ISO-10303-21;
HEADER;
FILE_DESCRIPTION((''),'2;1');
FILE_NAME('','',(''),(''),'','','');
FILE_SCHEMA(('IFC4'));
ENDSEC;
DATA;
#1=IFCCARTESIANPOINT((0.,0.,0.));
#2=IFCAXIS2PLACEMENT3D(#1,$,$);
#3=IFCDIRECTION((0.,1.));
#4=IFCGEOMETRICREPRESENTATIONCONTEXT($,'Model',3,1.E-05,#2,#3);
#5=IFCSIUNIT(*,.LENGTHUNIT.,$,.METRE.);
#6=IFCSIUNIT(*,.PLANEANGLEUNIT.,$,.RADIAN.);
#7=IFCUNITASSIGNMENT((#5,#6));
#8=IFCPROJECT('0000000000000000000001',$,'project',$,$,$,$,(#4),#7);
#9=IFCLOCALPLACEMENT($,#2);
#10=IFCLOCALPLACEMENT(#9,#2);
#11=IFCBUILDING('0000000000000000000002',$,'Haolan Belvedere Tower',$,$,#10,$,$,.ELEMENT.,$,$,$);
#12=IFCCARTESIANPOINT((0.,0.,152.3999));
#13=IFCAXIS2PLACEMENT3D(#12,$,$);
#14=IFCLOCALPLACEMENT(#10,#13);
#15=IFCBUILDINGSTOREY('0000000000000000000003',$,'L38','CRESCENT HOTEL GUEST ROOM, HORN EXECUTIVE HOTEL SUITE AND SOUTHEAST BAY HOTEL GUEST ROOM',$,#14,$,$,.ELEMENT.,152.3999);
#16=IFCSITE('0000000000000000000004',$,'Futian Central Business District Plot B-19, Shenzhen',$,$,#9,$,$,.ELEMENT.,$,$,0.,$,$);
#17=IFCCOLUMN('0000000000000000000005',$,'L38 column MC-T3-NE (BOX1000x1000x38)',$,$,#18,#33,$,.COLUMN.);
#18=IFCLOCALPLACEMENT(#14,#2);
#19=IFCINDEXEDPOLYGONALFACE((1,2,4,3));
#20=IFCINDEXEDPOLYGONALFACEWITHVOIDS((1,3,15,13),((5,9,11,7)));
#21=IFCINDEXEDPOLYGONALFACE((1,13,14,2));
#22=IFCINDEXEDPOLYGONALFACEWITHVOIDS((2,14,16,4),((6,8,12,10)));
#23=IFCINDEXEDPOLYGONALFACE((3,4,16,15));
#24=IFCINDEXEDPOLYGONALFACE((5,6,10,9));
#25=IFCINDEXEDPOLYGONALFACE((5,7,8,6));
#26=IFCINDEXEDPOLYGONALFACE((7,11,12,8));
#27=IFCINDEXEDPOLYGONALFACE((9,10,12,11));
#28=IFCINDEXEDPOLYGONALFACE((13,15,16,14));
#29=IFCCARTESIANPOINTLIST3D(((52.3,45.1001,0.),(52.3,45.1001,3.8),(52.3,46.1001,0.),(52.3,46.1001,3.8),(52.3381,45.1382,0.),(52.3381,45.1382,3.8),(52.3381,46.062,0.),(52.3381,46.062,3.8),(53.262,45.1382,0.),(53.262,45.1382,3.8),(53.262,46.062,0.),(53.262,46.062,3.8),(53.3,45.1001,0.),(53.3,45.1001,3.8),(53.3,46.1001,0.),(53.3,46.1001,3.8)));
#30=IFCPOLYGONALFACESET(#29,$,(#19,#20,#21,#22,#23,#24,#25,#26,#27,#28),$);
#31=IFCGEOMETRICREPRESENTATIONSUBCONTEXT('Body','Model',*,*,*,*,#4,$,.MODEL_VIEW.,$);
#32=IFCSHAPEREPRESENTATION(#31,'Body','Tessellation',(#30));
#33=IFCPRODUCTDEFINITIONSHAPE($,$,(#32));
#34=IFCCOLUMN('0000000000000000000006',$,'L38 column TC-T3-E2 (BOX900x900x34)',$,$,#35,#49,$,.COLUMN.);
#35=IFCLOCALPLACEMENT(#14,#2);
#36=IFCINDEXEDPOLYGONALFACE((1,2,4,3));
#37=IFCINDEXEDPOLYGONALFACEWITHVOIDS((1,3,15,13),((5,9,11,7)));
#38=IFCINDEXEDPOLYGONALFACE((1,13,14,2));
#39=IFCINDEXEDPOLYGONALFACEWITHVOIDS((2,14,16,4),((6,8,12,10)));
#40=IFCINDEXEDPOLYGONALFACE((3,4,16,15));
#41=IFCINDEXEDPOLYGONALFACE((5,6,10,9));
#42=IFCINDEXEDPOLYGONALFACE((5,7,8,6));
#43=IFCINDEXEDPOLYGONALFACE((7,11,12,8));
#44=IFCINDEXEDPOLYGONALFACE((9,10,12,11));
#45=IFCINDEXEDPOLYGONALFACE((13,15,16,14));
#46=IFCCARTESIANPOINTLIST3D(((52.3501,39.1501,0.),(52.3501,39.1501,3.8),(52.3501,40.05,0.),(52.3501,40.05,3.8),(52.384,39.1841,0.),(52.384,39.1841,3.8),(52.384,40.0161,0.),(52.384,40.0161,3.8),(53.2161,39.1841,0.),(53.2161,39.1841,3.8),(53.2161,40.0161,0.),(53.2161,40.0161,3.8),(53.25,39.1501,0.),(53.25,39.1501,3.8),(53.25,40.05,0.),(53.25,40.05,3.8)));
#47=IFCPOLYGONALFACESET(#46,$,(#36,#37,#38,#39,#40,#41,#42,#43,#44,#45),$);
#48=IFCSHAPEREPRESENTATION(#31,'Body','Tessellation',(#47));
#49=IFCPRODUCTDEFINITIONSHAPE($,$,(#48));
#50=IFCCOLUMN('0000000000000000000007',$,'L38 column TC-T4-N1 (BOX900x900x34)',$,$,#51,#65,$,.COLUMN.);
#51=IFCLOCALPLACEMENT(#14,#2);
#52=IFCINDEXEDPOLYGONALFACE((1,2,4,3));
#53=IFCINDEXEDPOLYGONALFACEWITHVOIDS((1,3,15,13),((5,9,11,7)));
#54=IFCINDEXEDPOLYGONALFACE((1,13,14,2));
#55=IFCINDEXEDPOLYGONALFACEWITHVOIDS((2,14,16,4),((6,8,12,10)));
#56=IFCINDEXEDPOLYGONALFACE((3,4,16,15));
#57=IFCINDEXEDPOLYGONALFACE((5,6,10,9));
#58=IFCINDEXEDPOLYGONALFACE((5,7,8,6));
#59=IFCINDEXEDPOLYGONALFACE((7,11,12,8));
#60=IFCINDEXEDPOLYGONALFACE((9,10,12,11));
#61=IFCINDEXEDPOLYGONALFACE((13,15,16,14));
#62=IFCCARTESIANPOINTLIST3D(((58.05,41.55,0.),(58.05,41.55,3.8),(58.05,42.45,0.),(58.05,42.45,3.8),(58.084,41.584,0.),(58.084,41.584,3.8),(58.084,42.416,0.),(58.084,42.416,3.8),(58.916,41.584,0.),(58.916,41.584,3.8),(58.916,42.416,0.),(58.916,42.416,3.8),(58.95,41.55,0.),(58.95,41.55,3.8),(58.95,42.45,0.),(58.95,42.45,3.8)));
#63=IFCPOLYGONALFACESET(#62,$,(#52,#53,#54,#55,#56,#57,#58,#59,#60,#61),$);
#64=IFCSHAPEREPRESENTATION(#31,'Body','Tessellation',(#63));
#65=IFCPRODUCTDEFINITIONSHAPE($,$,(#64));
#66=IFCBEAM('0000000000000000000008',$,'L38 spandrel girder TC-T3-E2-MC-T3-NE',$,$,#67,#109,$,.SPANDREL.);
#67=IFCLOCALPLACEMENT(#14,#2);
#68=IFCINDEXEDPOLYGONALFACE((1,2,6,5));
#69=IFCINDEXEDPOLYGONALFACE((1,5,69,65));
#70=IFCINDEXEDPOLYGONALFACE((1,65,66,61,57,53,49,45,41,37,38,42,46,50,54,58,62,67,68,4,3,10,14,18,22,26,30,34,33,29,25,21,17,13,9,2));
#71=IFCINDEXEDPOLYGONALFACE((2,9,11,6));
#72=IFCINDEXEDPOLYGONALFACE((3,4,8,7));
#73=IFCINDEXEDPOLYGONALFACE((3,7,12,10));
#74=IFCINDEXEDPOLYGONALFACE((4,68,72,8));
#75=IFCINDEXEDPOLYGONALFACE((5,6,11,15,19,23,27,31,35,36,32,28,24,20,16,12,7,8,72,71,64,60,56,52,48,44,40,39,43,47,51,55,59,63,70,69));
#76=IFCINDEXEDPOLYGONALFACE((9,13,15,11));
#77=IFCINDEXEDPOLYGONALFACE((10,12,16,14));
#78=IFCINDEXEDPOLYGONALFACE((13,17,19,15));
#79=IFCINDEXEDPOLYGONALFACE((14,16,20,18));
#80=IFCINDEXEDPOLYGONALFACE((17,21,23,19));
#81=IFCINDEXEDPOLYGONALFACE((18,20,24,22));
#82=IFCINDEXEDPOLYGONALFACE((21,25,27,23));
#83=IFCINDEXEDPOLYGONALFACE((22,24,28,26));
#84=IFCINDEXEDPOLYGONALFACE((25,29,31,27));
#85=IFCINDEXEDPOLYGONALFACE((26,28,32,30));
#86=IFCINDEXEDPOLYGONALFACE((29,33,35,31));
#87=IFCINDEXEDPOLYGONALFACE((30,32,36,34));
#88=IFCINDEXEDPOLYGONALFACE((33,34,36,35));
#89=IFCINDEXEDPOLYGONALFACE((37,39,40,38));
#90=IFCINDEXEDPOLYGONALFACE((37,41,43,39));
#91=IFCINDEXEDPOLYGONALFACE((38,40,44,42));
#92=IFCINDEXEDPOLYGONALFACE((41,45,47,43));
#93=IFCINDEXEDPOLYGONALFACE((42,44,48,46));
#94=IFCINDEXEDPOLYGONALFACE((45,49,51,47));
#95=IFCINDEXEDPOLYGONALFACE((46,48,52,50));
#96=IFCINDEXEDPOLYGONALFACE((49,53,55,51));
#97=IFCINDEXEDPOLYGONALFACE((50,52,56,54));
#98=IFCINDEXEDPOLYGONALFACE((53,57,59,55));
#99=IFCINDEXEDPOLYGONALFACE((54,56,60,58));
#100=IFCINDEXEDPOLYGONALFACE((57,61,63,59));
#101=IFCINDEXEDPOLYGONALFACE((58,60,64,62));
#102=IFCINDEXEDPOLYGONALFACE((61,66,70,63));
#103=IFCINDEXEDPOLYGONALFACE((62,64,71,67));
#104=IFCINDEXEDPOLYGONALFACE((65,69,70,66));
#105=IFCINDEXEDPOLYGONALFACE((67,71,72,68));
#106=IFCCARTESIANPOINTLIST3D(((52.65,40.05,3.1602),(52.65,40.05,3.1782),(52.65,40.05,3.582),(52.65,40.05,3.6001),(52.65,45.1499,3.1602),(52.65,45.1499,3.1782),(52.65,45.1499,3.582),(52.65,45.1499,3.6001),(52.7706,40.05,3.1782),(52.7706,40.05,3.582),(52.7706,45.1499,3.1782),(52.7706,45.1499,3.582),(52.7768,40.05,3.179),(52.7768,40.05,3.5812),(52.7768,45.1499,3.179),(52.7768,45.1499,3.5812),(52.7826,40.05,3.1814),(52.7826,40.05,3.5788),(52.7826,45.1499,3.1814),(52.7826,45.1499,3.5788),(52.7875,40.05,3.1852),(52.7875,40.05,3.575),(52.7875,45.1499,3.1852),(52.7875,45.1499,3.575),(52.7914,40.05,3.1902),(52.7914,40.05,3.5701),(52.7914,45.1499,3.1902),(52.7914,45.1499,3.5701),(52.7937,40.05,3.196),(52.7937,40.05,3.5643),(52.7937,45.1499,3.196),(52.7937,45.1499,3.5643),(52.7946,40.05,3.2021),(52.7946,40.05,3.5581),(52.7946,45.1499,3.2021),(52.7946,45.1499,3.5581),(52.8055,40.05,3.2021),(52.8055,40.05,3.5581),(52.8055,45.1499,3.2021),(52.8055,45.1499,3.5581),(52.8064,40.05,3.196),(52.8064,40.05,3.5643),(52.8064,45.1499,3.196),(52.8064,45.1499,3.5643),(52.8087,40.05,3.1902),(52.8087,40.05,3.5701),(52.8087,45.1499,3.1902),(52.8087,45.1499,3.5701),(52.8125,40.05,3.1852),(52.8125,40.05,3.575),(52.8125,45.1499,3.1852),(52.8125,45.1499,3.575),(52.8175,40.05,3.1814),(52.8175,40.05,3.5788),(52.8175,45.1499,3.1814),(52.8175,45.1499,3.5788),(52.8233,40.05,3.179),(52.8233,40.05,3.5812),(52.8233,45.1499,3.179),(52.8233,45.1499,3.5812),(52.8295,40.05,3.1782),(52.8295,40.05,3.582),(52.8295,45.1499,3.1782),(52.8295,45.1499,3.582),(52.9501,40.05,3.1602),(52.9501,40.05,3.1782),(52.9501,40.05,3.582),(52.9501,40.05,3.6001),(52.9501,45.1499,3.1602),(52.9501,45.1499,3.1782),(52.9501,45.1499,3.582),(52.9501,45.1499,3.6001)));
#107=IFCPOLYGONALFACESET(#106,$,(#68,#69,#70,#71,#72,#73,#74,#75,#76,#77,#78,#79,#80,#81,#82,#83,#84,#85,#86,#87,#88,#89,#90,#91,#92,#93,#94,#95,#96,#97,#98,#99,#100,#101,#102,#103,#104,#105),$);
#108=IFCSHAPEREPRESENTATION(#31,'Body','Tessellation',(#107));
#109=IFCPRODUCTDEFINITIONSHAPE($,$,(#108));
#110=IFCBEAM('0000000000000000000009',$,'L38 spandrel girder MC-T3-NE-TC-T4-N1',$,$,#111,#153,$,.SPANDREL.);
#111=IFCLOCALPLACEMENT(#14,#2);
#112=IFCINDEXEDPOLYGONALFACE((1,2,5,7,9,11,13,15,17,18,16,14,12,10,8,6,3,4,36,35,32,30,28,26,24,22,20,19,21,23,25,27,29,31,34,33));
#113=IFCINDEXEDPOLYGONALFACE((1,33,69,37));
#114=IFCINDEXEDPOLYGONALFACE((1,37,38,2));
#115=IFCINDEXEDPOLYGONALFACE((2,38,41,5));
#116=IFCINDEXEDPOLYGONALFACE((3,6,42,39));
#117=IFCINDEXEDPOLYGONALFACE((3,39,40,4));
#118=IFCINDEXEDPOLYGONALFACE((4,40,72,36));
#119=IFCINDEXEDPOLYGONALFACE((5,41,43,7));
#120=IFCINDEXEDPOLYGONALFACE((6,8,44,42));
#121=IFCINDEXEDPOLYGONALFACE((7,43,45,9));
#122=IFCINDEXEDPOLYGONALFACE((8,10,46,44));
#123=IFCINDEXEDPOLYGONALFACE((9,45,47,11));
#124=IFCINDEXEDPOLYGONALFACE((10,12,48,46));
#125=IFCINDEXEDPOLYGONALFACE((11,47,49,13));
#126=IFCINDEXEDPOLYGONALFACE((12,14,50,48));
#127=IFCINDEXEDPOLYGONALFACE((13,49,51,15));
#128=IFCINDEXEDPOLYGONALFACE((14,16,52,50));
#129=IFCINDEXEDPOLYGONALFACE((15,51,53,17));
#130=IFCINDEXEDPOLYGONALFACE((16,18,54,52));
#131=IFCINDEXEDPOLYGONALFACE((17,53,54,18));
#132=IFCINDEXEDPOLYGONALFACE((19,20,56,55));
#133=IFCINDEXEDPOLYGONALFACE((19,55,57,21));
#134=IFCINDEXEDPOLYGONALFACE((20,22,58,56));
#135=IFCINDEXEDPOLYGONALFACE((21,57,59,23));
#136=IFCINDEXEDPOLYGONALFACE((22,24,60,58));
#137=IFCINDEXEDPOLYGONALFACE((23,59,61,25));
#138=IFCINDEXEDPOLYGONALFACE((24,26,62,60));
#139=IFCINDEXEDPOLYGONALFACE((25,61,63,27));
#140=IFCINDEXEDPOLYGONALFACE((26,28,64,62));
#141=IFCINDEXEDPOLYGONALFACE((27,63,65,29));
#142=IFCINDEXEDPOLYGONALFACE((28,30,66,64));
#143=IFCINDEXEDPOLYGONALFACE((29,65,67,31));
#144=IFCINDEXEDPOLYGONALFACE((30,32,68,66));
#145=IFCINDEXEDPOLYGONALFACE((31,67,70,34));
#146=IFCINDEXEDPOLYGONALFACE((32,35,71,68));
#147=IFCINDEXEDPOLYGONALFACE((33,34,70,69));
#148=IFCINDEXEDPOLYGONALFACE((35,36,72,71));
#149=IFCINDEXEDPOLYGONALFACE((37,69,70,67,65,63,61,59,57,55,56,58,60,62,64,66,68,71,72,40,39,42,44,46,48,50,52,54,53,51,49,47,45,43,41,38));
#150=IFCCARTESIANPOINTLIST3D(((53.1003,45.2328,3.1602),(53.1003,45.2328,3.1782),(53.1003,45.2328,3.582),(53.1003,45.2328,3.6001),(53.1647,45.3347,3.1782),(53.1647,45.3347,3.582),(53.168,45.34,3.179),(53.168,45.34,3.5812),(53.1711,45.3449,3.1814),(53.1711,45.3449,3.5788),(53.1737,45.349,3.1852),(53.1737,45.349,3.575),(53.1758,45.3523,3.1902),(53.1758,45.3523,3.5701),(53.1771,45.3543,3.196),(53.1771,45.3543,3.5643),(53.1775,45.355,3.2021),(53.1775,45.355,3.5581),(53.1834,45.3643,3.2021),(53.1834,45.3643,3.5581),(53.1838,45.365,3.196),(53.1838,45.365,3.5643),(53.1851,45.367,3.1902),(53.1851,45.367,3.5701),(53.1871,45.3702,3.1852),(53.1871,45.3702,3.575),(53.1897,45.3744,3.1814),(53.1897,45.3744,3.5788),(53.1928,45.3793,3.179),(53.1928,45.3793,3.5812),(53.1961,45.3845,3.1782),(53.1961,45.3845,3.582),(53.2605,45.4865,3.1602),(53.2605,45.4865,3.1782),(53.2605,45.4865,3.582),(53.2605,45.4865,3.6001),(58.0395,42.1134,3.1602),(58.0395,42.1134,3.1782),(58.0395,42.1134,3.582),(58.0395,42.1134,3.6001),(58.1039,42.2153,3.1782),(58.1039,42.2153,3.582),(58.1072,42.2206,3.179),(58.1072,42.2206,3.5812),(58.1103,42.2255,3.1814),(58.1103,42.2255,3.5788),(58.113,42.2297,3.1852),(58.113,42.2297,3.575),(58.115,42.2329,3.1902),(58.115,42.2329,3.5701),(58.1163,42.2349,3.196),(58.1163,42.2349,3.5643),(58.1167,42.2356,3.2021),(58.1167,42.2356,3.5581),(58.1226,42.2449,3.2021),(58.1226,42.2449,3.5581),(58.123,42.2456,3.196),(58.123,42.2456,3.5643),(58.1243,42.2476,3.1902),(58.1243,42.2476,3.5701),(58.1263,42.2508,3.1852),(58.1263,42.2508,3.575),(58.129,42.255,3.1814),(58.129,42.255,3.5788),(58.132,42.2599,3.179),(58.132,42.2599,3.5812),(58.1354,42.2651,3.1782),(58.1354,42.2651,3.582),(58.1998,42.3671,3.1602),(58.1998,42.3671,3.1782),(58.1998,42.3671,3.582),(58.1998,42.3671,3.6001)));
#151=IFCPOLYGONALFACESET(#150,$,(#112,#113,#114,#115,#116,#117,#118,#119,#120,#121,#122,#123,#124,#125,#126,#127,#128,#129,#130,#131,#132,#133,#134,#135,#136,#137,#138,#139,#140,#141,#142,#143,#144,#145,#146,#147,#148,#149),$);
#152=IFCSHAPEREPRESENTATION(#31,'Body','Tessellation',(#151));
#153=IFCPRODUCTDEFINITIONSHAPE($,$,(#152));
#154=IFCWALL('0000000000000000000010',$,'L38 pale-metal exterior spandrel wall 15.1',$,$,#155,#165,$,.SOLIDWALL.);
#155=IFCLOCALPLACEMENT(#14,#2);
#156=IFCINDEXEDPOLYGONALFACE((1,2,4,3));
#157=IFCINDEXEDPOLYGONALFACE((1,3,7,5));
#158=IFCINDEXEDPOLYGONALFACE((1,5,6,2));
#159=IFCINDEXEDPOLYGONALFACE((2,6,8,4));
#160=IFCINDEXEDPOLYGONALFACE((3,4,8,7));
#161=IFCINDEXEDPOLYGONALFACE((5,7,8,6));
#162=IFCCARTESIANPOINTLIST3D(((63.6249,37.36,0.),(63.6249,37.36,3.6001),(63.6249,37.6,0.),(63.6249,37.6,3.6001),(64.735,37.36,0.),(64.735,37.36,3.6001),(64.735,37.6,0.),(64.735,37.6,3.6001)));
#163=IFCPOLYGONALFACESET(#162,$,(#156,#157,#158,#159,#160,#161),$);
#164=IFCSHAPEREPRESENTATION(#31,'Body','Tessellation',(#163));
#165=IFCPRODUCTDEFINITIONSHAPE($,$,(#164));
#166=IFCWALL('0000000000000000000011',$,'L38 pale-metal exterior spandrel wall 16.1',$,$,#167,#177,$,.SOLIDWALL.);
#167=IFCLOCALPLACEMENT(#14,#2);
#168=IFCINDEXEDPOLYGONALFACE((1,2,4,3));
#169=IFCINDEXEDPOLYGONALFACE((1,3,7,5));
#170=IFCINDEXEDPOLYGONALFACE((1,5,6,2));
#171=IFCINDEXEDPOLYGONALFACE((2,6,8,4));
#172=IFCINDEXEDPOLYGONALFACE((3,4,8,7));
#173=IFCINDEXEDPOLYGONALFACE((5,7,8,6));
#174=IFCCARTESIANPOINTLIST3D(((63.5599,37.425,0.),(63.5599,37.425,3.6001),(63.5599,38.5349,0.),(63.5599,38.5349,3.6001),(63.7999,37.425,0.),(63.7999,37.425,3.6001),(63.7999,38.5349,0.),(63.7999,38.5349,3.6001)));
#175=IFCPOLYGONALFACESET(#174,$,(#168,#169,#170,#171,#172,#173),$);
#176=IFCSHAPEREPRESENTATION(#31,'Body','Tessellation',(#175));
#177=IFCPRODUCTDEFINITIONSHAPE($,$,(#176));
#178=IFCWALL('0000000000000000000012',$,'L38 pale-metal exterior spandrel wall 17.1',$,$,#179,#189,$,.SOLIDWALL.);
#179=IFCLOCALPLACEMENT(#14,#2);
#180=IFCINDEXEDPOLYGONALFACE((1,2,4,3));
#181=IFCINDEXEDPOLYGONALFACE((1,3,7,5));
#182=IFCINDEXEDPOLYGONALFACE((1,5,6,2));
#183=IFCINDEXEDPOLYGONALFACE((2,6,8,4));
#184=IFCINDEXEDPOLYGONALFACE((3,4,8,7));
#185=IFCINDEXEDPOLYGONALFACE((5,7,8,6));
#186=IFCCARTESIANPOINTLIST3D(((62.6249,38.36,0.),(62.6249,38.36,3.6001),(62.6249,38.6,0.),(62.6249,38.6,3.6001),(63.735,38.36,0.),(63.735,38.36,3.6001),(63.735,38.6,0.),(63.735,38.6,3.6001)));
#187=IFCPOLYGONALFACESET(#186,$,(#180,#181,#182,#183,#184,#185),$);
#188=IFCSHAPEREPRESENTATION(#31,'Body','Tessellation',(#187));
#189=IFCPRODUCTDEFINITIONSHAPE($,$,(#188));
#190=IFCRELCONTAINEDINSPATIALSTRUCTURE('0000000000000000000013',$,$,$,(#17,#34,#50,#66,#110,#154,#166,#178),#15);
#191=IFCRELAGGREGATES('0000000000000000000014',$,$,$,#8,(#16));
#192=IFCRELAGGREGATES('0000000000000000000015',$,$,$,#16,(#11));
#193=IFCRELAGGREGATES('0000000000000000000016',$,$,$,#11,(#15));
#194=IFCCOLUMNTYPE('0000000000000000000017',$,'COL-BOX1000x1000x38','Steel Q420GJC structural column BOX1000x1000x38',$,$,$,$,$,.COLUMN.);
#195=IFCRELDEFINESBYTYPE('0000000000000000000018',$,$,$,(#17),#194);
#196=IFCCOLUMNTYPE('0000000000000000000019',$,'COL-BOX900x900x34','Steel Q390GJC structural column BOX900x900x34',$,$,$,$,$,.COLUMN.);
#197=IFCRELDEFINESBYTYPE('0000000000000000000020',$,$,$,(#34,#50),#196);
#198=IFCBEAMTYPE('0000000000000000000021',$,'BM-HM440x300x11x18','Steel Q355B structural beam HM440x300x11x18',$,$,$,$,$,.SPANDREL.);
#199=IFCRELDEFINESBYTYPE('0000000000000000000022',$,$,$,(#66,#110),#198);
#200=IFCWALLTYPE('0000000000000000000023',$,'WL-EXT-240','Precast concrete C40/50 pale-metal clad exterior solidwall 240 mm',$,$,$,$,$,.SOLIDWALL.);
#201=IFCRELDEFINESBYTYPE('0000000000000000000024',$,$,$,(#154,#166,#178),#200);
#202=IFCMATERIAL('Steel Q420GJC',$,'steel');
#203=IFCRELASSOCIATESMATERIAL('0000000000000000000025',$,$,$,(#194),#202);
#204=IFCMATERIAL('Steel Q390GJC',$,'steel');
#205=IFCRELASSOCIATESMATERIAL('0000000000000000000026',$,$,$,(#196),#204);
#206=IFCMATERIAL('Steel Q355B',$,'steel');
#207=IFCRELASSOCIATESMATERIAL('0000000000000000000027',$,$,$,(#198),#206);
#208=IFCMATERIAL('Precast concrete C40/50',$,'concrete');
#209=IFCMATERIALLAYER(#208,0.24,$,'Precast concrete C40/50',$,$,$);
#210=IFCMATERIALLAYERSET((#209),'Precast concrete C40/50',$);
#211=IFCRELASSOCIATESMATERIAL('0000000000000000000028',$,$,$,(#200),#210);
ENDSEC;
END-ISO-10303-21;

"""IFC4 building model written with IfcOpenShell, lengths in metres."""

from ifc_helpers import new_model, si_unit, direction, frame, frame_2d, origin, origin_2d, place, context, subcontext, project, spatial, rectangle, hollow_rectangle, i_section, extrude, material, layer, layer_set, material_profile, profile_set, type_object, element, save


model = new_model("IFC4")

# Units and contexts
model_context = context("Model", 3, precision=1e-05, world=origin(), true_north=direction((0.0, 1.0)))
body_context = subcontext(model_context, "Body", "Model", "MODEL_VIEW")
ifc_project = project(units=[si_unit("LENGTHUNIT", "METRE"), si_unit("PLANEANGLEUNIT", "RADIAN")], contexts=[model_context])

# Site, building, storey
site_placement = place(None, origin())
site = spatial("IfcSite", under=ifc_project, at=site_placement, Name="Futian Central Business District Plot B-19, Shenzhen", CompositionType="ELEMENT", RefElevation=0.0)
building_placement = place(site_placement, origin())
building = spatial("IfcBuilding", under=site, at=building_placement, Name="Haolan Belvedere Tower", CompositionType="ELEMENT")
storey_placement = place(building_placement, frame((0.0, 0.0, 152.3999)))
storey = spatial("IfcBuildingStorey", under=building, at=storey_placement, Name="L38", Description="CRESCENT HOTEL GUEST ROOM, HORN EXECUTIVE HOTEL SUITE AND SOUTHEAST BAY HOTEL GUEST ROOM", CompositionType="ELEMENT", Elevation=152.3999)

# Columns
ifc_material_1 = material(Name="Steel Q420GJC", Category="steel")
ifc_material_profile_1 = material_profile(ifc_material_1, hollow_rectangle(XDim=1.0, YDim=1.0, WallThickness=0.0381, at=origin_2d()), Name="Steel Q420GJC")
ifc_profile_set_1 = profile_set([ifc_material_profile_1], Name="Steel Q420GJC")
column_type_1 = type_object("IfcColumnType", Name="COL-BOX1000x1000x38", Description="Steel Q420GJC structural column BOX1000x1000x38", PredefinedType="COLUMN", material=ifc_profile_set_1)
column_placement = place(storey_placement, frame((52.8, 45.6001, 0.0), z_axis=(0.0, 0.0, 1.0), x_axis=(1.0, 0.0, 0.0)))
element("IfcColumn", 1, at=column_placement, inside=storey, type_object=column_type_1, Name="L38 column MC-T3-NE (BOX1000x1000x38)", PredefinedType="COLUMN", context=body_context, shape_type="SweptSolid", body=[
    extrude(hollow_rectangle(XDim=1.0, YDim=1.0, WallThickness=0.0381, at=origin_2d()), origin(), (0.0, 0.0, 1.0), 3.8),
])
ifc_material_2 = material(Name="Steel Q390GJC", Category="steel")
ifc_material_profile_2 = material_profile(ifc_material_2, hollow_rectangle(XDim=0.8999, YDim=0.8999, WallThickness=0.0339, at=origin_2d()), Name="Steel Q390GJC")
ifc_profile_set_2 = profile_set([ifc_material_profile_2], Name="Steel Q390GJC")
column_type_2 = type_object("IfcColumnType", Name="COL-BOX900x900x34", Description="Steel Q390GJC structural column BOX900x900x34", PredefinedType="COLUMN", material=ifc_profile_set_2)
for number, where, z_axis, x_axis, name in (
    (2, (52.8, 39.6001, 0.0), (0.0, 0.0, 1.0), (1.0, 0.0, 0.0), "L38 column TC-T3-E2 (BOX900x900x34)"),
    (3, (58.5, 42.0, 0.0), (0.0, 0.0, 1.0), (1.0, 0.0, 0.0), "L38 column TC-T4-N1 (BOX900x900x34)"),
):
    element("IfcColumn", number, at=place(storey_placement, frame(where, z_axis=z_axis, x_axis=x_axis)), inside=storey, type_object=column_type_2, Name=name, PredefinedType="COLUMN", context=body_context, shape_type="SweptSolid", body=[
        extrude(hollow_rectangle(XDim=0.8999, YDim=0.8999, WallThickness=0.0339, at=origin_2d()), origin(), (0.0, 0.0, 1.0), 3.8),
    ])

# Beams
ifc_material_3 = material(Name="Steel Q355B", Category="steel")
ifc_material_profile_3 = material_profile(ifc_material_3, i_section(OverallWidth=0.3, OverallDepth=0.4399, WebThickness=0.011, FlangeThickness=0.0181, FilletRadius=0.0239, at=origin_2d()), Name="Steel Q355B")
ifc_profile_set_3 = profile_set([ifc_material_profile_3], Name="Steel Q355B")
beam_type = type_object("IfcBeamType", Name="BM-HM440x300x11x18", Description="Steel Q355B structural beam HM440x300x11x18", PredefinedType="SPANDREL", material=ifc_profile_set_3)
beam_1_placement = place(storey_placement, frame((52.8, 40.05, 3.3801), z_axis=(0.0, 1.0, 0.0), x_axis=(-1.0, 0.0, 0.0)))
element("IfcBeam", 4, at=beam_1_placement, inside=storey, type_object=beam_type, Name="L38 spandrel girder TC-T3-E2-MC-T3-NE", PredefinedType="SPANDREL", context=body_context, shape_type="SweptSolid", body=[
    extrude(i_section(OverallWidth=0.3, OverallDepth=0.4399, WebThickness=0.011, FlangeThickness=0.0181, FilletRadius=0.0239, at=origin_2d()), origin(), (0.0, 0.0, 1.0), 5.0999),
])
beam_2_placement = place(storey_placement, frame((53.1804, 45.3596, 3.3801), z_axis=(0.845498, -0.533979, 0.0), x_axis=(0.533979, 0.845498, 0.0)))
element("IfcBeam", 5, at=beam_2_placement, inside=storey, type_object=beam_type, Name="L38 spandrel girder MC-T3-NE-TC-T4-N1", PredefinedType="SPANDREL", context=body_context, shape_type="SweptSolid", body=[
    extrude(i_section(OverallWidth=0.3, OverallDepth=0.4399, WebThickness=0.011, FlangeThickness=0.0181, FilletRadius=0.0239, at=origin_2d()), origin(), (0.0, 0.0, 1.0), 5.8418),
])

# Walls
ifc_material_4 = material(Name="Precast concrete C40/50", Category="concrete")
ifc_layer_1 = layer(ifc_material_4, 0.24, Name="Precast concrete C40/50")
ifc_layer_set_1 = layer_set([ifc_layer_1], Name="Precast concrete C40/50")
wall_type_1 = type_object("IfcWallType", Name="WL-EXT-240", Description="Precast concrete C40/50 pale-metal clad exterior solidwall 240 mm", PredefinedType="SOLIDWALL", material=ifc_layer_set_1)
wall_1_placement = place(storey_placement, frame((64.7351, 37.48, 0.0), z_axis=(0.0, 0.0, 1.0), x_axis=(-1.0, 0.0, 0.0)))
element("IfcWall", 6, at=wall_1_placement, inside=storey, type_object=wall_type_1, Name="L38 pale-metal exterior spandrel wall 15.1", PredefinedType="SOLIDWALL", context=body_context, shape_type="SweptSolid", body=[
    extrude(rectangle(XDim=1.1101, YDim=0.24, at=frame_2d((0.5552, 0.0))), origin(), (0.0, 0.0, 1.0), 3.6001),
])
wall_2_placement = place(storey_placement, frame((63.6799, 37.425, 0.0), z_axis=(0.0, 0.0, 1.0), x_axis=(0.0, 1.0, 0.0)))
element("IfcWall", 7, at=wall_2_placement, inside=storey, type_object=wall_type_1, Name="L38 pale-metal exterior spandrel wall 16.1", PredefinedType="SOLIDWALL", context=body_context, shape_type="SweptSolid", body=[
    extrude(rectangle(XDim=1.1099, YDim=0.24, at=frame_2d((0.5549, 0.0))), origin(), (0.0, 0.0, 1.0), 3.6001),
])
wall_3_placement = place(storey_placement, frame((63.7351, 38.48, 0.0), z_axis=(0.0, 0.0, 1.0), x_axis=(-1.0, 0.0, 0.0)))
element("IfcWall", 8, at=wall_3_placement, inside=storey, type_object=wall_type_1, Name="L38 pale-metal exterior spandrel wall 17.1", PredefinedType="SOLIDWALL", context=body_context, shape_type="SweptSolid", body=[
    extrude(rectangle(XDim=1.1101, YDim=0.24, at=frame_2d((0.5552, 0.0))), origin(), (0.0, 0.0, 1.0), 3.6001),
])

save(model, "model.ifc")
